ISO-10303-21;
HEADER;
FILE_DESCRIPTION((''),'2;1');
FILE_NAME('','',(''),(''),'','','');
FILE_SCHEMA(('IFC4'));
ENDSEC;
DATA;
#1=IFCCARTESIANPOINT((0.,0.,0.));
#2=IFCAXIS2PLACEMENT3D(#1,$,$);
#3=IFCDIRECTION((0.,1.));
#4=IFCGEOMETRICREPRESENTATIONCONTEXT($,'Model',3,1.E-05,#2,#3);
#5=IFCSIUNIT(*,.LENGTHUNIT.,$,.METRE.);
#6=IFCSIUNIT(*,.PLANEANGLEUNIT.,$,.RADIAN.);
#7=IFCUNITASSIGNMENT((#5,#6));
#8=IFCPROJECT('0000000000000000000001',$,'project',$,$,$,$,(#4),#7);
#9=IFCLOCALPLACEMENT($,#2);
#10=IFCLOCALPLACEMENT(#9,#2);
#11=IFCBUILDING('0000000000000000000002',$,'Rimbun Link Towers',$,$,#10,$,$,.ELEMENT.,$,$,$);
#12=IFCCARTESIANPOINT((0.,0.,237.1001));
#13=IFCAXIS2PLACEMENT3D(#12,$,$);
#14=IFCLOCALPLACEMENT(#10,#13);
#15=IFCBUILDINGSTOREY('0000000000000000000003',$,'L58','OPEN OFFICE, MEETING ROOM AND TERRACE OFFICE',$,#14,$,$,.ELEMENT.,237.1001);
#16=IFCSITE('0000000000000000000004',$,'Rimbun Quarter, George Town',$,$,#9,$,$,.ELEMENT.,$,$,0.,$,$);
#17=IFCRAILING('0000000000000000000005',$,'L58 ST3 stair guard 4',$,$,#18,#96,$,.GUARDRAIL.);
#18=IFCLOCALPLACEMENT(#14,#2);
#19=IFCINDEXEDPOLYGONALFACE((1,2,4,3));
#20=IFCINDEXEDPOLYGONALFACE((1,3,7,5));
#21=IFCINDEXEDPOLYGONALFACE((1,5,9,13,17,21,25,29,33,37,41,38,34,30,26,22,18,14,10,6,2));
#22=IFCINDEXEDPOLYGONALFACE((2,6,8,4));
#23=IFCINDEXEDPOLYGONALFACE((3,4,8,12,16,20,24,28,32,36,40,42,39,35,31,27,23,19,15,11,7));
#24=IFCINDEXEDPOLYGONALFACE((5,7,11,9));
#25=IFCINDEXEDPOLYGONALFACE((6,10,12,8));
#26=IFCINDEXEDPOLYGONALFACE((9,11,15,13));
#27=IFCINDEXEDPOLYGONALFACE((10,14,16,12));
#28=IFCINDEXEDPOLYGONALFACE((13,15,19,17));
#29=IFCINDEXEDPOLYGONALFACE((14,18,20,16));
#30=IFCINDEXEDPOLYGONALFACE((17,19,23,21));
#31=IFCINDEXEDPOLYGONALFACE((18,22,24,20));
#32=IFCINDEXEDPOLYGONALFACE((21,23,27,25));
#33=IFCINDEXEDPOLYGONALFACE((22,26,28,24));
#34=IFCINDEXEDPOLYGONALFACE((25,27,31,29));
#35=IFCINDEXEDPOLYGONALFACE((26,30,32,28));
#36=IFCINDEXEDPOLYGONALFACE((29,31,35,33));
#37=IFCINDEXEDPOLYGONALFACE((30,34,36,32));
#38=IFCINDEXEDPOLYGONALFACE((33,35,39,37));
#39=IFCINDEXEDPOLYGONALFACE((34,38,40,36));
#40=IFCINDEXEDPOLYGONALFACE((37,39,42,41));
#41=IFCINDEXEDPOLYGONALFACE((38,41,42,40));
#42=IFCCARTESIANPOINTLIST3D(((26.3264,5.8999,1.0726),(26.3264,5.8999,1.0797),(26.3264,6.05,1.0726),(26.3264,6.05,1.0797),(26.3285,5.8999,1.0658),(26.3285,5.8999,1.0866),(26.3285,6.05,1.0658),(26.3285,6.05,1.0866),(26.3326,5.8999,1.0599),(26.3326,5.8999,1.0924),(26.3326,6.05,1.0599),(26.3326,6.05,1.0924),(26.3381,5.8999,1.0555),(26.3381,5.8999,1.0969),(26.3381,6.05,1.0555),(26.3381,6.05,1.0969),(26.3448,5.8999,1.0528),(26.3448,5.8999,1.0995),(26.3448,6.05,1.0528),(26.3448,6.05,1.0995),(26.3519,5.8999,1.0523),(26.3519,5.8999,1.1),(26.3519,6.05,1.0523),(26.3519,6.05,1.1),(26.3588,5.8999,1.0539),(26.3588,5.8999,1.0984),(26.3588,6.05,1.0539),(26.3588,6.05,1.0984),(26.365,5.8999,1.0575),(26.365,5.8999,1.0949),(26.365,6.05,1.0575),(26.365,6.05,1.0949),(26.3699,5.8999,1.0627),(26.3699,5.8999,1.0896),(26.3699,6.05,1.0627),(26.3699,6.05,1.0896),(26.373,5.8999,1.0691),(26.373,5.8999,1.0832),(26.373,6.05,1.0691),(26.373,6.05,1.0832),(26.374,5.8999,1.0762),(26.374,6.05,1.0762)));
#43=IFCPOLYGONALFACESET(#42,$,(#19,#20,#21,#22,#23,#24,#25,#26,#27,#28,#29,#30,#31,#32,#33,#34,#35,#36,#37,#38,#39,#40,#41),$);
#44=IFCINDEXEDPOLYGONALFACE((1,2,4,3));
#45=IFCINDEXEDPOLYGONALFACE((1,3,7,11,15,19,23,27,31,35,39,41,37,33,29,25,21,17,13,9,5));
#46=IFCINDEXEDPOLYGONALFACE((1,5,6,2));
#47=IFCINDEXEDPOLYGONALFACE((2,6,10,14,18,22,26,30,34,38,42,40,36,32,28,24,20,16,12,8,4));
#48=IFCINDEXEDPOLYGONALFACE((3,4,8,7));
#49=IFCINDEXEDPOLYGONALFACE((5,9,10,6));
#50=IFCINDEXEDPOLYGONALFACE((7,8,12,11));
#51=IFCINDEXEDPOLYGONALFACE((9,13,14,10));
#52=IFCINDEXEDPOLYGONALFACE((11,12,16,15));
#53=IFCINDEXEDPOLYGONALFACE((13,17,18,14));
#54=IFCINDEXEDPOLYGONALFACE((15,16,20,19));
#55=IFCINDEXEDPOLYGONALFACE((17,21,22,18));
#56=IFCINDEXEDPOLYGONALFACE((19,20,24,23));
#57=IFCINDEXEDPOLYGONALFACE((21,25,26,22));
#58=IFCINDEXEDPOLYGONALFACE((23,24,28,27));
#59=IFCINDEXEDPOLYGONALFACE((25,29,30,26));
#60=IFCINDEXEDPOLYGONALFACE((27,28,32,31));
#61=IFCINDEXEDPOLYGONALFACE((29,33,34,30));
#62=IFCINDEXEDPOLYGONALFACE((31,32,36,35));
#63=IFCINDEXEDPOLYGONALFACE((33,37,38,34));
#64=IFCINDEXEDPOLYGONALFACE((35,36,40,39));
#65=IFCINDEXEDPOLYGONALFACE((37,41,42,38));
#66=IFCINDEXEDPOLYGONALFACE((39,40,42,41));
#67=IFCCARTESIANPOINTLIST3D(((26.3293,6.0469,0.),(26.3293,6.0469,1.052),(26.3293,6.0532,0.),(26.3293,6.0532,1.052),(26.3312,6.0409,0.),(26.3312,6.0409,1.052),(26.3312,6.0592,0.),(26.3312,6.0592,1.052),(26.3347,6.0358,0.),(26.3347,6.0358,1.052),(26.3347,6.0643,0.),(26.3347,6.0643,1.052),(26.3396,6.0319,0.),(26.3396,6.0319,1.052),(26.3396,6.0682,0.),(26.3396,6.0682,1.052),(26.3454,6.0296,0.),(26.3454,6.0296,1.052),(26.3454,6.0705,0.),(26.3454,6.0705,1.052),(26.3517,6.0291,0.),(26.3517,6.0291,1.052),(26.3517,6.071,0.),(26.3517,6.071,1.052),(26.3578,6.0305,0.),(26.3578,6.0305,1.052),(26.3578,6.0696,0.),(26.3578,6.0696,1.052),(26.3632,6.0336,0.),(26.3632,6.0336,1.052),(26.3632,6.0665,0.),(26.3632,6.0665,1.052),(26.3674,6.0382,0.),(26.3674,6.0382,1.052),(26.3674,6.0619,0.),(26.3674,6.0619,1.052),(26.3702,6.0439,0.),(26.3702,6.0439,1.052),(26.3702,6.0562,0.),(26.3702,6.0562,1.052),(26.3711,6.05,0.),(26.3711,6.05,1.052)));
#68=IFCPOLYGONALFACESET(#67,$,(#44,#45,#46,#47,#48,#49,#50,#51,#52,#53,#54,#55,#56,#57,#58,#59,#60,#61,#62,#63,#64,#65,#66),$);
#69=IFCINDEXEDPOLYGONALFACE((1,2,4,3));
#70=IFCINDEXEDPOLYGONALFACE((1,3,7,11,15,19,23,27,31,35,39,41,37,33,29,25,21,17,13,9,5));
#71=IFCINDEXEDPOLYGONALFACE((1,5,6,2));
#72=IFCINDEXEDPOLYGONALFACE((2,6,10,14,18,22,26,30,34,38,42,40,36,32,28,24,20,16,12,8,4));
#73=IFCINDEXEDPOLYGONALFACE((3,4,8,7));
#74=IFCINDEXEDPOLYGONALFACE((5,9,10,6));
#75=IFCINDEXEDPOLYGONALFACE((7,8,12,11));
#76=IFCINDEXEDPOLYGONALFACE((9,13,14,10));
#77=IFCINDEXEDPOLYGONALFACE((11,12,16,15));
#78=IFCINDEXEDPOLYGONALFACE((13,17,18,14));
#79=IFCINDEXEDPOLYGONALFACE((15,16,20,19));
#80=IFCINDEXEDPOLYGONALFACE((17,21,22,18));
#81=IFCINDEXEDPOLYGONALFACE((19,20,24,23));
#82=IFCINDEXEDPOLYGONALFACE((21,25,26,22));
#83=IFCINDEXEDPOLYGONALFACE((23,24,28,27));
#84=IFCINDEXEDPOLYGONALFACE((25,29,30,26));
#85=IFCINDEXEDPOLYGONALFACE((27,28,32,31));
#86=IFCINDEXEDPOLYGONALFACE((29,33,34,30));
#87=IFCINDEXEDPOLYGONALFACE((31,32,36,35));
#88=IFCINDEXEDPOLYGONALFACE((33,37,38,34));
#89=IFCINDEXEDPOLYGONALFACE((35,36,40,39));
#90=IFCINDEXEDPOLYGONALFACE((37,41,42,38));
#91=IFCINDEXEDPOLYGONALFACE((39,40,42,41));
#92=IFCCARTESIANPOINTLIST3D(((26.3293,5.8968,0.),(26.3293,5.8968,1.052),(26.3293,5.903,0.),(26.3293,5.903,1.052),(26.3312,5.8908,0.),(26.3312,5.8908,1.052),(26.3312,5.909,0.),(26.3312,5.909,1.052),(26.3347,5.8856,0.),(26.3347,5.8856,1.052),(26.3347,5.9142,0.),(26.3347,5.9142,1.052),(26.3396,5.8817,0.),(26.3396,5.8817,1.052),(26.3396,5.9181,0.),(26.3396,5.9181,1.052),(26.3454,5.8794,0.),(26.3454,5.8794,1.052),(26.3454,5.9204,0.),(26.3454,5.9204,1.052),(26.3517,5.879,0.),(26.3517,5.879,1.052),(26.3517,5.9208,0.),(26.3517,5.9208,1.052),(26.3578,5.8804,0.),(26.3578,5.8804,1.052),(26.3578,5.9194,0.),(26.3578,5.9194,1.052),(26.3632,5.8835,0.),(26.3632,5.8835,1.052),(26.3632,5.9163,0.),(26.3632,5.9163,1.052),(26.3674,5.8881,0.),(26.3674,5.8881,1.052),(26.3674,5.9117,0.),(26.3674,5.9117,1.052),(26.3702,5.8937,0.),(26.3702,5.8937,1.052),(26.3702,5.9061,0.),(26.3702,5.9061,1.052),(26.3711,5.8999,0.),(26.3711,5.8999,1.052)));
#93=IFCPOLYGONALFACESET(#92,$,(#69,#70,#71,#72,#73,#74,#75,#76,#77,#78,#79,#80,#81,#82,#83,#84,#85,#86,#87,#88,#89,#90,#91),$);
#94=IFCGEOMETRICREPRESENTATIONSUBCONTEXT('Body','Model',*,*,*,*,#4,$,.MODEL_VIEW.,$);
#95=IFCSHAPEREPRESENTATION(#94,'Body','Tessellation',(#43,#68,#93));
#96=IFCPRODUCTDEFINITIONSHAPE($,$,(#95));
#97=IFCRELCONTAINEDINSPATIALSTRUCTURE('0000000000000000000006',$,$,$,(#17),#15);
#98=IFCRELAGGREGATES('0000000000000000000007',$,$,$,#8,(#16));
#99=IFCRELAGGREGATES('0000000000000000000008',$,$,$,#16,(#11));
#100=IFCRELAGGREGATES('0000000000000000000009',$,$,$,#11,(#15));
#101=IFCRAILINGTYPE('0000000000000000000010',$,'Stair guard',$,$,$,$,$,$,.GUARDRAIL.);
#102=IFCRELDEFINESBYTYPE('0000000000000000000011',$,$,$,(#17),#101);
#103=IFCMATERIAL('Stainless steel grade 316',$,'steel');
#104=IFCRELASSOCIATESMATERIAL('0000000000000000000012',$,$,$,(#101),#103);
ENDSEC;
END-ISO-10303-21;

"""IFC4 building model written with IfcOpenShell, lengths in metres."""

from ifc_helpers import new_model, si_unit, direction, frame, origin, origin_2d, place, context, subcontext, project, spatial, circle, extrude, material, type_object, element, save


model = new_model("IFC4")

# Units and contexts
model_context = context("Model", 3, precision=1e-05, world=origin(), true_north=direction((0.0, 1.0)))
body_context = subcontext(model_context, "Body", "Model", "MODEL_VIEW")
ifc_project = project(units=[si_unit("LENGTHUNIT", "METRE"), si_unit("PLANEANGLEUNIT", "RADIAN")], contexts=[model_context])

# Site, building, storey
site_placement = place(None, origin())
site = spatial("IfcSite", under=ifc_project, at=site_placement, Name="Rimbun Quarter, George Town", CompositionType="ELEMENT", RefElevation=0.0)
building_placement = place(site_placement, origin())
building = spatial("IfcBuilding", under=site, at=building_placement, Name="Rimbun Link Towers", CompositionType="ELEMENT")
storey_placement = place(building_placement, frame((0.0, 0.0, 237.1001)))
storey = spatial("IfcBuildingStorey", under=building, at=storey_placement, Name="L58", Description="OPEN OFFICE, MEETING ROOM AND TERRACE OFFICE", CompositionType="ELEMENT", Elevation=237.1001)

# Railing
ifc_material_1 = material(Name="Stainless steel grade 316", Category="steel")
railing_type_1 = type_object("IfcRailingType", Name="Stair guard", PredefinedType="GUARDRAIL", material=ifc_material_1)
railing_1_placement = place(storey_placement, frame((26.3501, 6.05, 0.0)))
element("IfcRailing", 1, at=railing_1_placement, inside=storey, type_object=railing_type_1, Name="L58 ST3 stair guard 4", PredefinedType="GUARDRAIL", context=body_context, shape_type="SweptSolid", body=[
    extrude(circle(Radius=0.0239, at=origin_2d()), frame((0.0, 0.0, 1.0762), z_axis=(0.0, -1.0, 0.0), x_axis=(1.0, 0.0, 0.0)), (0.0, 0.0, 1.0), 0.1501),
    extrude(circle(Radius=0.021, at=origin_2d()), origin(), (0.0, 0.0, 1.0), 1.052),
    extrude(circle(Radius=0.021, at=origin_2d()), frame((0.0, -0.1501, 0.0)), (0.0, 0.0, 1.0), 1.052),
])

save(model, "model.ifc")
